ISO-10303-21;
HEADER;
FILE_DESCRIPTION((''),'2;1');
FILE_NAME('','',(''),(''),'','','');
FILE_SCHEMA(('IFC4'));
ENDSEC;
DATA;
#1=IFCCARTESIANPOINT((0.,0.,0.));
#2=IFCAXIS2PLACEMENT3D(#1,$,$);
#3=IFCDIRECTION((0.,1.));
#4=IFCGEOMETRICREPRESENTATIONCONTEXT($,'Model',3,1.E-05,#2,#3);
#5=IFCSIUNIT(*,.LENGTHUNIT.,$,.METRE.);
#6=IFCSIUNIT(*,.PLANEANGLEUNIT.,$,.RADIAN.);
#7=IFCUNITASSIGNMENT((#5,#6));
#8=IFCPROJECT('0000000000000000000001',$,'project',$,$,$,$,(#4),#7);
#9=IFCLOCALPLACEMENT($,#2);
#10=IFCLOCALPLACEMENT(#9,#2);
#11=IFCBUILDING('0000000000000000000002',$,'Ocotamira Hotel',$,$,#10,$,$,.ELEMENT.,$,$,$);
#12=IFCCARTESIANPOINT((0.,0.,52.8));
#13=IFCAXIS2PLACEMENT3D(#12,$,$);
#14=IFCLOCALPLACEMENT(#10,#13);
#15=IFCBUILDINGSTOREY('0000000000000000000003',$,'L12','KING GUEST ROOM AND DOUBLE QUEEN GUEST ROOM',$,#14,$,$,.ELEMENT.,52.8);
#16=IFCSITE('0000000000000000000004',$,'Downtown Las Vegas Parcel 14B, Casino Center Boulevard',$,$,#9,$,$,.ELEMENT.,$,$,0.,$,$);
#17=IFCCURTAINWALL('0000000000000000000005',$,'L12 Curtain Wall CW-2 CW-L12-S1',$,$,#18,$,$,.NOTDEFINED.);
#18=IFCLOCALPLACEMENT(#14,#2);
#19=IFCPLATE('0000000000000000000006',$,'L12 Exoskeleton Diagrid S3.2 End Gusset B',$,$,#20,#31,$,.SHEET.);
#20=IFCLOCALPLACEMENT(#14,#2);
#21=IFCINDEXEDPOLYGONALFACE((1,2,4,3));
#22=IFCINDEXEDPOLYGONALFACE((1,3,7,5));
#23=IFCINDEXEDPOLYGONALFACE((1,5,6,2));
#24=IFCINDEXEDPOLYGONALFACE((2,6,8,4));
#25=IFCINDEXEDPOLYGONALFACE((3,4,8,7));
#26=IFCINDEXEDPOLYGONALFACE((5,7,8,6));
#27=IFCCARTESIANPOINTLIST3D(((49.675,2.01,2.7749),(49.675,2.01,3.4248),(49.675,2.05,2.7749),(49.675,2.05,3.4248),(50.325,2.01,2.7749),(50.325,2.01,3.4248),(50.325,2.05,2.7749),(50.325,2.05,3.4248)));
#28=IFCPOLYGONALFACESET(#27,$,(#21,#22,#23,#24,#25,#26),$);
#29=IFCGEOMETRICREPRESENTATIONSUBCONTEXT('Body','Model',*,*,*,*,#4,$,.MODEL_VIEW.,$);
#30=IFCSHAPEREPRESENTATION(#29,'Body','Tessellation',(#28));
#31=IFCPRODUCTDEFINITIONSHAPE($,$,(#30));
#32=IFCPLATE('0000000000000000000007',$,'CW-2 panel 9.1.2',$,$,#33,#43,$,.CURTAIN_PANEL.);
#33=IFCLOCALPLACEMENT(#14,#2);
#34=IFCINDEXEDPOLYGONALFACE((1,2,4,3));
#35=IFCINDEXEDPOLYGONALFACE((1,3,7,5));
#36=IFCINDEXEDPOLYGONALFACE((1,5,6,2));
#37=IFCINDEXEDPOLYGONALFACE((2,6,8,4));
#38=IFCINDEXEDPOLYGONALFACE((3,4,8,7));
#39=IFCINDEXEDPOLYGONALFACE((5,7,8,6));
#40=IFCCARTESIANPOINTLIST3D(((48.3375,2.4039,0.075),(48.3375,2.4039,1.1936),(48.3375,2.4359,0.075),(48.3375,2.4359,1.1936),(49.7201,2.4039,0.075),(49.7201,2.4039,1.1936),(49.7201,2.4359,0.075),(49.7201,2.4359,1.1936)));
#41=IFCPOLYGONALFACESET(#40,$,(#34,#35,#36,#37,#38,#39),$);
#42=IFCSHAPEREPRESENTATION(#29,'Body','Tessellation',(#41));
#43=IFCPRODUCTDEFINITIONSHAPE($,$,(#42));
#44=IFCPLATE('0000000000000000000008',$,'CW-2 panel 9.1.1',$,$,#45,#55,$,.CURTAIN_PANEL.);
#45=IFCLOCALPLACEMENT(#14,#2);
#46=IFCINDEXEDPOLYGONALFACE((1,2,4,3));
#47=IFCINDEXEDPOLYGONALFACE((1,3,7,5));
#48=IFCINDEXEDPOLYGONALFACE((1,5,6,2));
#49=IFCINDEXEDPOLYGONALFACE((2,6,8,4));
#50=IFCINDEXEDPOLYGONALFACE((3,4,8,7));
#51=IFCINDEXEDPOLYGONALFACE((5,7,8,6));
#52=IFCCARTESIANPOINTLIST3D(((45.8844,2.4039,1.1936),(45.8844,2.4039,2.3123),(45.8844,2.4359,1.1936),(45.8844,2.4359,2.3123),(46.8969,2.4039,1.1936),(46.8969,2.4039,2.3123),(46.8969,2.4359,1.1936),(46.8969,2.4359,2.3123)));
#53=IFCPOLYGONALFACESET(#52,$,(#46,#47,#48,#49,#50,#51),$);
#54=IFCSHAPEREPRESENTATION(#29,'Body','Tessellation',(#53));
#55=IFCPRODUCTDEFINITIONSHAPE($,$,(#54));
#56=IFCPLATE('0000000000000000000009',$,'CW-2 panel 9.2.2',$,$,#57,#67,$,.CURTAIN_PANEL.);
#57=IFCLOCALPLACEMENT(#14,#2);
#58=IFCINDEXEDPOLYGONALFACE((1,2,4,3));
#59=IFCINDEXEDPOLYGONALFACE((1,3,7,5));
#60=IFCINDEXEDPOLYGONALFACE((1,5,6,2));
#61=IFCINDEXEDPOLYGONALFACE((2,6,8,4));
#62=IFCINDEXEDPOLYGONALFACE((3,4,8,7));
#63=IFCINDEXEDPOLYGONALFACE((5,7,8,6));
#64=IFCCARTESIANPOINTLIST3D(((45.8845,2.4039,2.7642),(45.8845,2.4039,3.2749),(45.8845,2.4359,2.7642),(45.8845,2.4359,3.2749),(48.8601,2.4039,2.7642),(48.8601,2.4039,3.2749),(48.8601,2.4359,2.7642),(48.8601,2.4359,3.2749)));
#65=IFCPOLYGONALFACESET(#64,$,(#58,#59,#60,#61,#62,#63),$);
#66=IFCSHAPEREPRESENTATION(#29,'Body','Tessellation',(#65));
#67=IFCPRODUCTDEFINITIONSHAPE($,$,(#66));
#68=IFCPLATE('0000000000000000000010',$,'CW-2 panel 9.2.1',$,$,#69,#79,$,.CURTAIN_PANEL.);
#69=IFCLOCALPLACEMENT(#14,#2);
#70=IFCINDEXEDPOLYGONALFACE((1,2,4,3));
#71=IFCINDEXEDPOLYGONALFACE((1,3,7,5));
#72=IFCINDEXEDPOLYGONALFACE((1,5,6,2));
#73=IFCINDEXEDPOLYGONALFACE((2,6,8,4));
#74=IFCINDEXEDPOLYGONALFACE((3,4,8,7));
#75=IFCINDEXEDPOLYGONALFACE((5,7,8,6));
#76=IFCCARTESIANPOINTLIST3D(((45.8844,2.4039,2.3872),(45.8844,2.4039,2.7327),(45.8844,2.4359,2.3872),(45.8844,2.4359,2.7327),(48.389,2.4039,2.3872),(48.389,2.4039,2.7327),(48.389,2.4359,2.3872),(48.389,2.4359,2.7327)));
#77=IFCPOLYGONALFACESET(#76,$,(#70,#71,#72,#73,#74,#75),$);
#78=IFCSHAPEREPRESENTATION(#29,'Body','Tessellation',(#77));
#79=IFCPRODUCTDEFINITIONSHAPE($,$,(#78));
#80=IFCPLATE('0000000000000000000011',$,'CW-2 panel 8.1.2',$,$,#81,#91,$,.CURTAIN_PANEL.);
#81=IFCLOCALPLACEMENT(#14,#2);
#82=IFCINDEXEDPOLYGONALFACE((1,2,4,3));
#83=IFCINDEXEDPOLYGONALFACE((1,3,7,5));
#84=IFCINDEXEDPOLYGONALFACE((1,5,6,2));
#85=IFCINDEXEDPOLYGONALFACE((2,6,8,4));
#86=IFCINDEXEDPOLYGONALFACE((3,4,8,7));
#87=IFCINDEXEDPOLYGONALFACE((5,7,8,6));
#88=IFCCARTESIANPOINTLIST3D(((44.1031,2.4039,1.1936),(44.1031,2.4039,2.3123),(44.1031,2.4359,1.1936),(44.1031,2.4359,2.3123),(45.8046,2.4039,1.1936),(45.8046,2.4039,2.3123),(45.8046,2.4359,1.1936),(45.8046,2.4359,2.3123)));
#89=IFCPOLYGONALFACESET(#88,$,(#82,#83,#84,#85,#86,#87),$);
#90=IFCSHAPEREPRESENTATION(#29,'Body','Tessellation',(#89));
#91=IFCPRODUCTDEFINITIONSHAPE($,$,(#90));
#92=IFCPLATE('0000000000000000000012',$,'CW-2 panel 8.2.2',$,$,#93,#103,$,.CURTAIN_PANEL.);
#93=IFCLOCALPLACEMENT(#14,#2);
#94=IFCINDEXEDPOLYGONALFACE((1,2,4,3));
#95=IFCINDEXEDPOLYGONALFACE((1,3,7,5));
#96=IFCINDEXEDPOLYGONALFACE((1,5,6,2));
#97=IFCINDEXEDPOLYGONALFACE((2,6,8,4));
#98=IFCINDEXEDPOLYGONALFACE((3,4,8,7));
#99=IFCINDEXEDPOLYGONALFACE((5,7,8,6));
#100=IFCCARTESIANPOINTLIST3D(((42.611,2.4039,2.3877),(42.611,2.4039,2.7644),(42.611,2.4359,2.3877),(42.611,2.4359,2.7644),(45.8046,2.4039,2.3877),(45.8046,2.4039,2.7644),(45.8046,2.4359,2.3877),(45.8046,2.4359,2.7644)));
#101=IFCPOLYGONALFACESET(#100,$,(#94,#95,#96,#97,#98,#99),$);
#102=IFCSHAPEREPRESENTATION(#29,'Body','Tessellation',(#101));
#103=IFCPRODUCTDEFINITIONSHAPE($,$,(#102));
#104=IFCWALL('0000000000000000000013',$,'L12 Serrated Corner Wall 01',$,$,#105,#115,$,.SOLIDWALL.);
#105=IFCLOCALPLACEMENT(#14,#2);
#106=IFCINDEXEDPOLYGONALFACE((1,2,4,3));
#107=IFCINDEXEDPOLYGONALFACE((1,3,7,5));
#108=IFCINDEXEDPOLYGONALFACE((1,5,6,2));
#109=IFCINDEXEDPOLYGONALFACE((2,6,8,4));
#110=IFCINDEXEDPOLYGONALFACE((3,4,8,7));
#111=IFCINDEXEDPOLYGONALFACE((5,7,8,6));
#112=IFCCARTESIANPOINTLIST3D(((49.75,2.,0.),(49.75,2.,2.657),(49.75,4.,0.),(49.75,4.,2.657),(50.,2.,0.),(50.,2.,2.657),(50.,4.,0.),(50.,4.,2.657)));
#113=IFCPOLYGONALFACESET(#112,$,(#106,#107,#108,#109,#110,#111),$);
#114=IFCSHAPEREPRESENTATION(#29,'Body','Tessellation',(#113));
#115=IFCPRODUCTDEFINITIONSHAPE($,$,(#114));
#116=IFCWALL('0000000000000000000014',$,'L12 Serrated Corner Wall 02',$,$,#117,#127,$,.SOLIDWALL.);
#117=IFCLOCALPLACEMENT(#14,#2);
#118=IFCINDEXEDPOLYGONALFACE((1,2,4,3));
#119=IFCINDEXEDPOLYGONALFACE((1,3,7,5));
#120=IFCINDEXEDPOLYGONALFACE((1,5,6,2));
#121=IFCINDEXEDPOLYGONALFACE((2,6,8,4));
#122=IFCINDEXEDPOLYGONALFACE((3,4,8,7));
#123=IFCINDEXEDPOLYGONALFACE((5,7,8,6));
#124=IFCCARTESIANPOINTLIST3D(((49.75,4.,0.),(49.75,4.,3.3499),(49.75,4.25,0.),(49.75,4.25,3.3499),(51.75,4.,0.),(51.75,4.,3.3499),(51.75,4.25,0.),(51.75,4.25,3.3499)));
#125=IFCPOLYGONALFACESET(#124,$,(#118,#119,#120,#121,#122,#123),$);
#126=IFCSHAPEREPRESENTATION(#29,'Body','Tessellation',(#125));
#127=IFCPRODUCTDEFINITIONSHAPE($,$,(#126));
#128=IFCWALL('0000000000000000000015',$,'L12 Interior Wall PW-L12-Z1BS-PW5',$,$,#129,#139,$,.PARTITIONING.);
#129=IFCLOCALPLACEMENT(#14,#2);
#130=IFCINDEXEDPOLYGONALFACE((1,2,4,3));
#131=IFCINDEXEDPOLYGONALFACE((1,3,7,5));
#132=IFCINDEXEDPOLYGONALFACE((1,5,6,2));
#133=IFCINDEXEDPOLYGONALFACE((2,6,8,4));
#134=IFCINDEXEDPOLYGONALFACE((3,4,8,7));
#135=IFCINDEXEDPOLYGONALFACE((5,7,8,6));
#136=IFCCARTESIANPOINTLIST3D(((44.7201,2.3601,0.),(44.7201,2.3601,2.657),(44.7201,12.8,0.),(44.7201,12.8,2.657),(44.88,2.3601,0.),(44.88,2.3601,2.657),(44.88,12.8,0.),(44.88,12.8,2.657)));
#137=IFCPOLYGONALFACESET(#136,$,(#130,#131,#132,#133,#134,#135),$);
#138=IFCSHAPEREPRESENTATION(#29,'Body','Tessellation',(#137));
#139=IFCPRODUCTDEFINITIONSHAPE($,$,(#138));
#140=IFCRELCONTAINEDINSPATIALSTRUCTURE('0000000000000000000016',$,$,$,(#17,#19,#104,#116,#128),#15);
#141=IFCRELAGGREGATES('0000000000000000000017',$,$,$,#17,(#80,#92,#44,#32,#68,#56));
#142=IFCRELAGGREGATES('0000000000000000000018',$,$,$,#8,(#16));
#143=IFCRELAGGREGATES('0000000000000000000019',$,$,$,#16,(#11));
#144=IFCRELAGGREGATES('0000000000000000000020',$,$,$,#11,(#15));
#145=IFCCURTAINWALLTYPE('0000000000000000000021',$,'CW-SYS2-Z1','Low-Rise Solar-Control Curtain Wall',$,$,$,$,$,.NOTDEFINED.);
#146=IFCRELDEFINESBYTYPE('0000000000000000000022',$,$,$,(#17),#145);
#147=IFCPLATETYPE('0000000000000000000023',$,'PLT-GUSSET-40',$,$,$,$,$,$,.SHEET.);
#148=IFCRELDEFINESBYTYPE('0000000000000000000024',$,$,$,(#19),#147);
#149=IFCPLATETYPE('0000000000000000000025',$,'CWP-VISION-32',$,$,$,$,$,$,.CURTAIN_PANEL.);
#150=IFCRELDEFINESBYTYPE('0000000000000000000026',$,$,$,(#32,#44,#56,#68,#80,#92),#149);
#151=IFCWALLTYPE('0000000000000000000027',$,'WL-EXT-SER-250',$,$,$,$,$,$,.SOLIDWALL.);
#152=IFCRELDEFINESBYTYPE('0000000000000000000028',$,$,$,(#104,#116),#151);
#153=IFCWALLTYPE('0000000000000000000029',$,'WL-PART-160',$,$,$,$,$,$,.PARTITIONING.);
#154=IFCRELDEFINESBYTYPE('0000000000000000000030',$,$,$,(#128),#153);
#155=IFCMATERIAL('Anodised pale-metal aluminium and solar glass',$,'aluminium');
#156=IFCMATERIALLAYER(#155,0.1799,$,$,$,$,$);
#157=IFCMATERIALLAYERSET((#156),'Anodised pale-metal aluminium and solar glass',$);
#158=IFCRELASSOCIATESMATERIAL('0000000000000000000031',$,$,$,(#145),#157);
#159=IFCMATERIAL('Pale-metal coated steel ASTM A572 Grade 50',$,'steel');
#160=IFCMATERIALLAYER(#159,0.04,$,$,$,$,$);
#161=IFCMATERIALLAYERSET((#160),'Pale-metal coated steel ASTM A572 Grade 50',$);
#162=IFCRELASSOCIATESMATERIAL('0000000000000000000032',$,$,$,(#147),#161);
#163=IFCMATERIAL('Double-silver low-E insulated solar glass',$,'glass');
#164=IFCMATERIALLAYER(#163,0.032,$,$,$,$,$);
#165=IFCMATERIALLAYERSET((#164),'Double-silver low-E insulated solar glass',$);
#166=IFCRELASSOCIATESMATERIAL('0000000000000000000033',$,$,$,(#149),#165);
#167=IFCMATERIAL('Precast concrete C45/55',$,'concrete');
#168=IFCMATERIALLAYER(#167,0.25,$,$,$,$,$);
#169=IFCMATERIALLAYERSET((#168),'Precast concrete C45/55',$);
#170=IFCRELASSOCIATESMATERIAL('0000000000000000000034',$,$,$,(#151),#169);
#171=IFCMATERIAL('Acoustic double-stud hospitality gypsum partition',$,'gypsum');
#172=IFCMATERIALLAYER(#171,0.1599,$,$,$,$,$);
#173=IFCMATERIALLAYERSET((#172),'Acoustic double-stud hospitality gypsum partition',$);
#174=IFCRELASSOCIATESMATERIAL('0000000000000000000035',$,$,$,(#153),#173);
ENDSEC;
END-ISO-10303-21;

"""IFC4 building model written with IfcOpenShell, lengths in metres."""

from ifc_helpers import new_model, si_unit, direction, frame, frame_2d, origin, origin_2d, place, context, subcontext, project, spatial, rectangle, extrude, source, transform, mapped, material, layer, layer_set, type_object, element, aggregate, save


model = new_model("IFC4")

# Units and contexts
model_context = context("Model", 3, precision=1e-05, world=origin(), true_north=direction((0.0, 1.0)))
body_context = subcontext(model_context, "Body", "Model", "MODEL_VIEW")
ifc_project = project(units=[si_unit("LENGTHUNIT", "METRE"), si_unit("PLANEANGLEUNIT", "RADIAN")], contexts=[model_context])

# Site, building, storey
site_placement = place(None, origin())
site = spatial("IfcSite", under=ifc_project, at=site_placement, Name="Downtown Las Vegas Parcel 14B, Casino Center Boulevard", CompositionType="ELEMENT", RefElevation=0.0)
building_placement = place(site_placement, origin())
building = spatial("IfcBuilding", under=site, at=building_placement, Name="Ocotamira Hotel", CompositionType="ELEMENT")
storey_placement = place(building_placement, frame((0.0, 0.0, 52.8)))
storey = spatial("IfcBuildingStorey", under=building, at=storey_placement, Name="L12", Description="KING GUEST ROOM AND DOUBLE QUEEN GUEST ROOM", CompositionType="ELEMENT", Elevation=52.8)

# Curtain wall
ifc_material_1 = material(Name="Anodised pale-metal aluminium and solar glass", Category="aluminium")
ifc_layer_1 = layer(ifc_material_1, 0.1799)
ifc_layer_set_1 = layer_set([ifc_layer_1], Name="Anodised pale-metal aluminium and solar glass")
curtain_wall_type = type_object("IfcCurtainWallType", Name="CW-SYS2-Z1", Description="Low-Rise Solar-Control Curtain Wall", PredefinedType="NOTDEFINED", material=ifc_layer_set_1)
curtain_wall_placement = place(storey_placement, origin())
curtain_wall = element("IfcCurtainWall", 1, at=curtain_wall_placement, inside=storey, type_object=curtain_wall_type, Name="L12 Curtain Wall CW-2 CW-L12-S1", PredefinedType="NOTDEFINED")

# Plates
ifc_material_2 = material(Name="Pale-metal coated steel ASTM A572 Grade 50", Category="steel")
ifc_layer_2 = layer(ifc_material_2, 0.04)
ifc_layer_set_2 = layer_set([ifc_layer_2], Name="Pale-metal coated steel ASTM A572 Grade 50")
plate_type_1 = type_object("IfcPlateType", Name="PLT-GUSSET-40", PredefinedType="SHEET", material=ifc_layer_set_2)
shared_shape_1 = source(origin(), body_context, "Body", "SweptSolid", [
    extrude(rectangle(XDim=0.6499, YDim=0.04, at=origin_2d()), origin(), (0.0, 0.0, 1.0), 0.6499),
])
plate_1_placement = place(storey_placement, frame((50.0, 2.03, 2.7749), z_axis=(0.0, 0.0, 1.0), x_axis=(1.0, 0.0, 0.0)))
element("IfcPlate", 2, at=plate_1_placement, inside=storey, type_object=plate_type_1, Name="L12 Exoskeleton Diagrid S3.2 End Gusset B", PredefinedType="SHEET", context=body_context, shape_type="MappedRepresentation", body=[
    mapped(shared_shape_1, transform((0.0, 0.0, 0.0), scale=1.0)),
])
ifc_material_3 = material(Name="Double-silver low-E insulated solar glass", Category="glass")
ifc_layer_3 = layer(ifc_material_3, 0.032)
ifc_layer_set_3 = layer_set([ifc_layer_3], Name="Double-silver low-E insulated solar glass")
plate_type_2 = type_object("IfcPlateType", Name="CWP-VISION-32", PredefinedType="CURTAIN_PANEL", material=ifc_layer_set_3)
shared_shape_2 = source(origin(), body_context, "Body", "SweptSolid", [
    extrude(rectangle(XDim=1.3826, YDim=0.032, at=origin_2d()), origin(), (0.0, 0.0, 1.0), 1.1187),
])
plate_2_placement = place(storey_placement, frame((49.0288, 2.4199, 0.075), z_axis=(0.0, 0.0, 1.0), x_axis=(1.0, 0.0, 0.0)))
plate_2 = element("IfcPlate", 3, at=plate_2_placement, type_object=plate_type_2, Name="CW-2 panel 9.1.2", PredefinedType="CURTAIN_PANEL", context=body_context, shape_type="MappedRepresentation", body=[
    mapped(shared_shape_2, transform((0.0, 0.0, 0.0), scale=1.0)),
])
shared_shape_3 = source(origin(), body_context, "Body", "SweptSolid", [
    extrude(rectangle(XDim=1.0125, YDim=0.032, at=origin_2d()), origin(), (0.0, 0.0, 1.0), 1.1187),
])
plate_3_placement = place(storey_placement, frame((46.3906, 2.4199, 1.1936), z_axis=(0.0, 0.0, 1.0), x_axis=(1.0, 0.0, 0.0)))
plate_3 = element("IfcPlate", 4, at=plate_3_placement, type_object=plate_type_2, Name="CW-2 panel 9.1.1", PredefinedType="CURTAIN_PANEL", context=body_context, shape_type="MappedRepresentation", body=[
    mapped(shared_shape_3, transform((0.0, 0.0, 0.0), scale=1.0)),
])
shared_shape_4 = source(origin(), body_context, "Body", "SweptSolid", [
    extrude(rectangle(XDim=2.9756, YDim=0.032, at=origin_2d()), origin(), (0.0, 0.0, 1.0), 0.5107),
])
plate_4_placement = place(storey_placement, frame((47.3723, 2.4199, 2.7642), z_axis=(0.0, 0.0, 1.0), x_axis=(1.0, 0.0, 0.0)))
plate_4 = element("IfcPlate", 5, at=plate_4_placement, type_object=plate_type_2, Name="CW-2 panel 9.2.2", PredefinedType="CURTAIN_PANEL", context=body_context, shape_type="MappedRepresentation", body=[
    mapped(shared_shape_4, transform((0.0, 0.0, 0.0), scale=1.0)),
])
shared_shape_5 = source(origin(), body_context, "Body", "SweptSolid", [
    extrude(rectangle(XDim=2.5046, YDim=0.032, at=origin_2d()), origin(), (0.0, 0.0, 1.0), 0.3455),
])
plate_5_placement = place(storey_placement, frame((47.1367, 2.4199, 2.3872), z_axis=(0.0, 0.0, 1.0), x_axis=(1.0, 0.0, 0.0)))
plate_5 = element("IfcPlate", 6, at=plate_5_placement, type_object=plate_type_2, Name="CW-2 panel 9.2.1", PredefinedType="CURTAIN_PANEL", context=body_context, shape_type="MappedRepresentation", body=[
    mapped(shared_shape_5, transform((0.0, 0.0, 0.0), scale=1.0)),
])
shared_shape_6 = source(origin(), body_context, "Body", "SweptSolid", [
    extrude(rectangle(XDim=1.7014, YDim=0.032, at=origin_2d()), origin(), (0.0, 0.0, 1.0), 1.1187),
])
plate_6_placement = place(storey_placement, frame((44.9539, 2.4199, 1.1936), z_axis=(0.0, 0.0, 1.0), x_axis=(1.0, 0.0, 0.0)))
plate_6 = element("IfcPlate", 7, at=plate_6_placement, type_object=plate_type_2, Name="CW-2 panel 8.1.2", PredefinedType="CURTAIN_PANEL", context=body_context, shape_type="MappedRepresentation", body=[
    mapped(shared_shape_6, transform((0.0, 0.0, 0.0), scale=1.0)),
])
shared_shape_7 = source(origin(), body_context, "Body", "SweptSolid", [
    extrude(rectangle(XDim=3.1936, YDim=0.032, at=origin_2d()), origin(), (0.0, 0.0, 1.0), 0.3767),
])
plate_7_placement = place(storey_placement, frame((44.2078, 2.4199, 2.3877), z_axis=(0.0, 0.0, 1.0), x_axis=(1.0, 0.0, 0.0)))
plate_7 = element("IfcPlate", 8, at=plate_7_placement, type_object=plate_type_2, Name="CW-2 panel 8.2.2", PredefinedType="CURTAIN_PANEL", context=body_context, shape_type="MappedRepresentation", body=[
    mapped(shared_shape_7, transform((0.0, 0.0, 0.0), scale=1.0)),
])
aggregate(curtain_wall, [plate_6, plate_7, plate_3, plate_2, plate_5, plate_4])

# Walls
ifc_material_4 = material(Name="Precast concrete C45/55", Category="concrete")
ifc_layer_4 = layer(ifc_material_4, 0.25)
ifc_layer_set_4 = layer_set([ifc_layer_4], Name="Precast concrete C45/55")
wall_type_1 = type_object("IfcWallType", Name="WL-EXT-SER-250", PredefinedType="SOLIDWALL", material=ifc_layer_set_4)
wall_1_placement = place(storey_placement, frame((49.875, 2.0, 0.0), z_axis=(0.0, 0.0, 1.0), x_axis=(0.0, 1.0, 0.0)))
element("IfcWall", 9, at=wall_1_placement, inside=storey, type_object=wall_type_1, Name="L12 Serrated Corner Wall 01", PredefinedType="SOLIDWALL", context=body_context, shape_type="SweptSolid", body=[
    extrude(rectangle(XDim=2.0, YDim=0.25, at=frame_2d((1.0, 0.0))), origin(), (0.0, 0.0, 1.0), 2.657),
])
wall_2_placement = place(storey_placement, frame((49.75, 4.125, 0.0), z_axis=(0.0, 0.0, 1.0), x_axis=(1.0, 0.0, 0.0)))
element("IfcWall", 10, at=wall_2_placement, inside=storey, type_object=wall_type_1, Name="L12 Serrated Corner Wall 02", PredefinedType="SOLIDWALL", context=body_context, shape_type="SweptSolid", body=[
    extrude(rectangle(XDim=2.0, YDim=0.25, at=frame_2d((1.0, 0.0))), origin(), (0.0, 0.0, 1.0), 3.3499),
])
ifc_material_5 = material(Name="Acoustic double-stud hospitality gypsum partition", Category="gypsum")
ifc_layer_5 = layer(ifc_material_5, 0.1599)
ifc_layer_set_5 = layer_set([ifc_layer_5], Name="Acoustic double-stud hospitality gypsum partition")
wall_type_2 = type_object("IfcWallType", Name="WL-PART-160", PredefinedType="PARTITIONING", material=ifc_layer_set_5)
wall_3_placement = place(storey_placement, frame((44.8, 2.3601, 0.0), z_axis=(0.0, 0.0, 1.0), x_axis=(0.0, 1.0, 0.0)))
element("IfcWall", 11, at=wall_3_placement, inside=storey, type_object=wall_type_2, Name="L12 Interior Wall PW-L12-Z1BS-PW5", PredefinedType="PARTITIONING", context=body_context, shape_type="SweptSolid", body=[
    extrude(rectangle(XDim=10.4399, YDim=0.1599, at=frame_2d((5.22, 0.0))), origin(), (0.0, 0.0, 1.0), 2.657),
])

save(model, "model.ifc")
